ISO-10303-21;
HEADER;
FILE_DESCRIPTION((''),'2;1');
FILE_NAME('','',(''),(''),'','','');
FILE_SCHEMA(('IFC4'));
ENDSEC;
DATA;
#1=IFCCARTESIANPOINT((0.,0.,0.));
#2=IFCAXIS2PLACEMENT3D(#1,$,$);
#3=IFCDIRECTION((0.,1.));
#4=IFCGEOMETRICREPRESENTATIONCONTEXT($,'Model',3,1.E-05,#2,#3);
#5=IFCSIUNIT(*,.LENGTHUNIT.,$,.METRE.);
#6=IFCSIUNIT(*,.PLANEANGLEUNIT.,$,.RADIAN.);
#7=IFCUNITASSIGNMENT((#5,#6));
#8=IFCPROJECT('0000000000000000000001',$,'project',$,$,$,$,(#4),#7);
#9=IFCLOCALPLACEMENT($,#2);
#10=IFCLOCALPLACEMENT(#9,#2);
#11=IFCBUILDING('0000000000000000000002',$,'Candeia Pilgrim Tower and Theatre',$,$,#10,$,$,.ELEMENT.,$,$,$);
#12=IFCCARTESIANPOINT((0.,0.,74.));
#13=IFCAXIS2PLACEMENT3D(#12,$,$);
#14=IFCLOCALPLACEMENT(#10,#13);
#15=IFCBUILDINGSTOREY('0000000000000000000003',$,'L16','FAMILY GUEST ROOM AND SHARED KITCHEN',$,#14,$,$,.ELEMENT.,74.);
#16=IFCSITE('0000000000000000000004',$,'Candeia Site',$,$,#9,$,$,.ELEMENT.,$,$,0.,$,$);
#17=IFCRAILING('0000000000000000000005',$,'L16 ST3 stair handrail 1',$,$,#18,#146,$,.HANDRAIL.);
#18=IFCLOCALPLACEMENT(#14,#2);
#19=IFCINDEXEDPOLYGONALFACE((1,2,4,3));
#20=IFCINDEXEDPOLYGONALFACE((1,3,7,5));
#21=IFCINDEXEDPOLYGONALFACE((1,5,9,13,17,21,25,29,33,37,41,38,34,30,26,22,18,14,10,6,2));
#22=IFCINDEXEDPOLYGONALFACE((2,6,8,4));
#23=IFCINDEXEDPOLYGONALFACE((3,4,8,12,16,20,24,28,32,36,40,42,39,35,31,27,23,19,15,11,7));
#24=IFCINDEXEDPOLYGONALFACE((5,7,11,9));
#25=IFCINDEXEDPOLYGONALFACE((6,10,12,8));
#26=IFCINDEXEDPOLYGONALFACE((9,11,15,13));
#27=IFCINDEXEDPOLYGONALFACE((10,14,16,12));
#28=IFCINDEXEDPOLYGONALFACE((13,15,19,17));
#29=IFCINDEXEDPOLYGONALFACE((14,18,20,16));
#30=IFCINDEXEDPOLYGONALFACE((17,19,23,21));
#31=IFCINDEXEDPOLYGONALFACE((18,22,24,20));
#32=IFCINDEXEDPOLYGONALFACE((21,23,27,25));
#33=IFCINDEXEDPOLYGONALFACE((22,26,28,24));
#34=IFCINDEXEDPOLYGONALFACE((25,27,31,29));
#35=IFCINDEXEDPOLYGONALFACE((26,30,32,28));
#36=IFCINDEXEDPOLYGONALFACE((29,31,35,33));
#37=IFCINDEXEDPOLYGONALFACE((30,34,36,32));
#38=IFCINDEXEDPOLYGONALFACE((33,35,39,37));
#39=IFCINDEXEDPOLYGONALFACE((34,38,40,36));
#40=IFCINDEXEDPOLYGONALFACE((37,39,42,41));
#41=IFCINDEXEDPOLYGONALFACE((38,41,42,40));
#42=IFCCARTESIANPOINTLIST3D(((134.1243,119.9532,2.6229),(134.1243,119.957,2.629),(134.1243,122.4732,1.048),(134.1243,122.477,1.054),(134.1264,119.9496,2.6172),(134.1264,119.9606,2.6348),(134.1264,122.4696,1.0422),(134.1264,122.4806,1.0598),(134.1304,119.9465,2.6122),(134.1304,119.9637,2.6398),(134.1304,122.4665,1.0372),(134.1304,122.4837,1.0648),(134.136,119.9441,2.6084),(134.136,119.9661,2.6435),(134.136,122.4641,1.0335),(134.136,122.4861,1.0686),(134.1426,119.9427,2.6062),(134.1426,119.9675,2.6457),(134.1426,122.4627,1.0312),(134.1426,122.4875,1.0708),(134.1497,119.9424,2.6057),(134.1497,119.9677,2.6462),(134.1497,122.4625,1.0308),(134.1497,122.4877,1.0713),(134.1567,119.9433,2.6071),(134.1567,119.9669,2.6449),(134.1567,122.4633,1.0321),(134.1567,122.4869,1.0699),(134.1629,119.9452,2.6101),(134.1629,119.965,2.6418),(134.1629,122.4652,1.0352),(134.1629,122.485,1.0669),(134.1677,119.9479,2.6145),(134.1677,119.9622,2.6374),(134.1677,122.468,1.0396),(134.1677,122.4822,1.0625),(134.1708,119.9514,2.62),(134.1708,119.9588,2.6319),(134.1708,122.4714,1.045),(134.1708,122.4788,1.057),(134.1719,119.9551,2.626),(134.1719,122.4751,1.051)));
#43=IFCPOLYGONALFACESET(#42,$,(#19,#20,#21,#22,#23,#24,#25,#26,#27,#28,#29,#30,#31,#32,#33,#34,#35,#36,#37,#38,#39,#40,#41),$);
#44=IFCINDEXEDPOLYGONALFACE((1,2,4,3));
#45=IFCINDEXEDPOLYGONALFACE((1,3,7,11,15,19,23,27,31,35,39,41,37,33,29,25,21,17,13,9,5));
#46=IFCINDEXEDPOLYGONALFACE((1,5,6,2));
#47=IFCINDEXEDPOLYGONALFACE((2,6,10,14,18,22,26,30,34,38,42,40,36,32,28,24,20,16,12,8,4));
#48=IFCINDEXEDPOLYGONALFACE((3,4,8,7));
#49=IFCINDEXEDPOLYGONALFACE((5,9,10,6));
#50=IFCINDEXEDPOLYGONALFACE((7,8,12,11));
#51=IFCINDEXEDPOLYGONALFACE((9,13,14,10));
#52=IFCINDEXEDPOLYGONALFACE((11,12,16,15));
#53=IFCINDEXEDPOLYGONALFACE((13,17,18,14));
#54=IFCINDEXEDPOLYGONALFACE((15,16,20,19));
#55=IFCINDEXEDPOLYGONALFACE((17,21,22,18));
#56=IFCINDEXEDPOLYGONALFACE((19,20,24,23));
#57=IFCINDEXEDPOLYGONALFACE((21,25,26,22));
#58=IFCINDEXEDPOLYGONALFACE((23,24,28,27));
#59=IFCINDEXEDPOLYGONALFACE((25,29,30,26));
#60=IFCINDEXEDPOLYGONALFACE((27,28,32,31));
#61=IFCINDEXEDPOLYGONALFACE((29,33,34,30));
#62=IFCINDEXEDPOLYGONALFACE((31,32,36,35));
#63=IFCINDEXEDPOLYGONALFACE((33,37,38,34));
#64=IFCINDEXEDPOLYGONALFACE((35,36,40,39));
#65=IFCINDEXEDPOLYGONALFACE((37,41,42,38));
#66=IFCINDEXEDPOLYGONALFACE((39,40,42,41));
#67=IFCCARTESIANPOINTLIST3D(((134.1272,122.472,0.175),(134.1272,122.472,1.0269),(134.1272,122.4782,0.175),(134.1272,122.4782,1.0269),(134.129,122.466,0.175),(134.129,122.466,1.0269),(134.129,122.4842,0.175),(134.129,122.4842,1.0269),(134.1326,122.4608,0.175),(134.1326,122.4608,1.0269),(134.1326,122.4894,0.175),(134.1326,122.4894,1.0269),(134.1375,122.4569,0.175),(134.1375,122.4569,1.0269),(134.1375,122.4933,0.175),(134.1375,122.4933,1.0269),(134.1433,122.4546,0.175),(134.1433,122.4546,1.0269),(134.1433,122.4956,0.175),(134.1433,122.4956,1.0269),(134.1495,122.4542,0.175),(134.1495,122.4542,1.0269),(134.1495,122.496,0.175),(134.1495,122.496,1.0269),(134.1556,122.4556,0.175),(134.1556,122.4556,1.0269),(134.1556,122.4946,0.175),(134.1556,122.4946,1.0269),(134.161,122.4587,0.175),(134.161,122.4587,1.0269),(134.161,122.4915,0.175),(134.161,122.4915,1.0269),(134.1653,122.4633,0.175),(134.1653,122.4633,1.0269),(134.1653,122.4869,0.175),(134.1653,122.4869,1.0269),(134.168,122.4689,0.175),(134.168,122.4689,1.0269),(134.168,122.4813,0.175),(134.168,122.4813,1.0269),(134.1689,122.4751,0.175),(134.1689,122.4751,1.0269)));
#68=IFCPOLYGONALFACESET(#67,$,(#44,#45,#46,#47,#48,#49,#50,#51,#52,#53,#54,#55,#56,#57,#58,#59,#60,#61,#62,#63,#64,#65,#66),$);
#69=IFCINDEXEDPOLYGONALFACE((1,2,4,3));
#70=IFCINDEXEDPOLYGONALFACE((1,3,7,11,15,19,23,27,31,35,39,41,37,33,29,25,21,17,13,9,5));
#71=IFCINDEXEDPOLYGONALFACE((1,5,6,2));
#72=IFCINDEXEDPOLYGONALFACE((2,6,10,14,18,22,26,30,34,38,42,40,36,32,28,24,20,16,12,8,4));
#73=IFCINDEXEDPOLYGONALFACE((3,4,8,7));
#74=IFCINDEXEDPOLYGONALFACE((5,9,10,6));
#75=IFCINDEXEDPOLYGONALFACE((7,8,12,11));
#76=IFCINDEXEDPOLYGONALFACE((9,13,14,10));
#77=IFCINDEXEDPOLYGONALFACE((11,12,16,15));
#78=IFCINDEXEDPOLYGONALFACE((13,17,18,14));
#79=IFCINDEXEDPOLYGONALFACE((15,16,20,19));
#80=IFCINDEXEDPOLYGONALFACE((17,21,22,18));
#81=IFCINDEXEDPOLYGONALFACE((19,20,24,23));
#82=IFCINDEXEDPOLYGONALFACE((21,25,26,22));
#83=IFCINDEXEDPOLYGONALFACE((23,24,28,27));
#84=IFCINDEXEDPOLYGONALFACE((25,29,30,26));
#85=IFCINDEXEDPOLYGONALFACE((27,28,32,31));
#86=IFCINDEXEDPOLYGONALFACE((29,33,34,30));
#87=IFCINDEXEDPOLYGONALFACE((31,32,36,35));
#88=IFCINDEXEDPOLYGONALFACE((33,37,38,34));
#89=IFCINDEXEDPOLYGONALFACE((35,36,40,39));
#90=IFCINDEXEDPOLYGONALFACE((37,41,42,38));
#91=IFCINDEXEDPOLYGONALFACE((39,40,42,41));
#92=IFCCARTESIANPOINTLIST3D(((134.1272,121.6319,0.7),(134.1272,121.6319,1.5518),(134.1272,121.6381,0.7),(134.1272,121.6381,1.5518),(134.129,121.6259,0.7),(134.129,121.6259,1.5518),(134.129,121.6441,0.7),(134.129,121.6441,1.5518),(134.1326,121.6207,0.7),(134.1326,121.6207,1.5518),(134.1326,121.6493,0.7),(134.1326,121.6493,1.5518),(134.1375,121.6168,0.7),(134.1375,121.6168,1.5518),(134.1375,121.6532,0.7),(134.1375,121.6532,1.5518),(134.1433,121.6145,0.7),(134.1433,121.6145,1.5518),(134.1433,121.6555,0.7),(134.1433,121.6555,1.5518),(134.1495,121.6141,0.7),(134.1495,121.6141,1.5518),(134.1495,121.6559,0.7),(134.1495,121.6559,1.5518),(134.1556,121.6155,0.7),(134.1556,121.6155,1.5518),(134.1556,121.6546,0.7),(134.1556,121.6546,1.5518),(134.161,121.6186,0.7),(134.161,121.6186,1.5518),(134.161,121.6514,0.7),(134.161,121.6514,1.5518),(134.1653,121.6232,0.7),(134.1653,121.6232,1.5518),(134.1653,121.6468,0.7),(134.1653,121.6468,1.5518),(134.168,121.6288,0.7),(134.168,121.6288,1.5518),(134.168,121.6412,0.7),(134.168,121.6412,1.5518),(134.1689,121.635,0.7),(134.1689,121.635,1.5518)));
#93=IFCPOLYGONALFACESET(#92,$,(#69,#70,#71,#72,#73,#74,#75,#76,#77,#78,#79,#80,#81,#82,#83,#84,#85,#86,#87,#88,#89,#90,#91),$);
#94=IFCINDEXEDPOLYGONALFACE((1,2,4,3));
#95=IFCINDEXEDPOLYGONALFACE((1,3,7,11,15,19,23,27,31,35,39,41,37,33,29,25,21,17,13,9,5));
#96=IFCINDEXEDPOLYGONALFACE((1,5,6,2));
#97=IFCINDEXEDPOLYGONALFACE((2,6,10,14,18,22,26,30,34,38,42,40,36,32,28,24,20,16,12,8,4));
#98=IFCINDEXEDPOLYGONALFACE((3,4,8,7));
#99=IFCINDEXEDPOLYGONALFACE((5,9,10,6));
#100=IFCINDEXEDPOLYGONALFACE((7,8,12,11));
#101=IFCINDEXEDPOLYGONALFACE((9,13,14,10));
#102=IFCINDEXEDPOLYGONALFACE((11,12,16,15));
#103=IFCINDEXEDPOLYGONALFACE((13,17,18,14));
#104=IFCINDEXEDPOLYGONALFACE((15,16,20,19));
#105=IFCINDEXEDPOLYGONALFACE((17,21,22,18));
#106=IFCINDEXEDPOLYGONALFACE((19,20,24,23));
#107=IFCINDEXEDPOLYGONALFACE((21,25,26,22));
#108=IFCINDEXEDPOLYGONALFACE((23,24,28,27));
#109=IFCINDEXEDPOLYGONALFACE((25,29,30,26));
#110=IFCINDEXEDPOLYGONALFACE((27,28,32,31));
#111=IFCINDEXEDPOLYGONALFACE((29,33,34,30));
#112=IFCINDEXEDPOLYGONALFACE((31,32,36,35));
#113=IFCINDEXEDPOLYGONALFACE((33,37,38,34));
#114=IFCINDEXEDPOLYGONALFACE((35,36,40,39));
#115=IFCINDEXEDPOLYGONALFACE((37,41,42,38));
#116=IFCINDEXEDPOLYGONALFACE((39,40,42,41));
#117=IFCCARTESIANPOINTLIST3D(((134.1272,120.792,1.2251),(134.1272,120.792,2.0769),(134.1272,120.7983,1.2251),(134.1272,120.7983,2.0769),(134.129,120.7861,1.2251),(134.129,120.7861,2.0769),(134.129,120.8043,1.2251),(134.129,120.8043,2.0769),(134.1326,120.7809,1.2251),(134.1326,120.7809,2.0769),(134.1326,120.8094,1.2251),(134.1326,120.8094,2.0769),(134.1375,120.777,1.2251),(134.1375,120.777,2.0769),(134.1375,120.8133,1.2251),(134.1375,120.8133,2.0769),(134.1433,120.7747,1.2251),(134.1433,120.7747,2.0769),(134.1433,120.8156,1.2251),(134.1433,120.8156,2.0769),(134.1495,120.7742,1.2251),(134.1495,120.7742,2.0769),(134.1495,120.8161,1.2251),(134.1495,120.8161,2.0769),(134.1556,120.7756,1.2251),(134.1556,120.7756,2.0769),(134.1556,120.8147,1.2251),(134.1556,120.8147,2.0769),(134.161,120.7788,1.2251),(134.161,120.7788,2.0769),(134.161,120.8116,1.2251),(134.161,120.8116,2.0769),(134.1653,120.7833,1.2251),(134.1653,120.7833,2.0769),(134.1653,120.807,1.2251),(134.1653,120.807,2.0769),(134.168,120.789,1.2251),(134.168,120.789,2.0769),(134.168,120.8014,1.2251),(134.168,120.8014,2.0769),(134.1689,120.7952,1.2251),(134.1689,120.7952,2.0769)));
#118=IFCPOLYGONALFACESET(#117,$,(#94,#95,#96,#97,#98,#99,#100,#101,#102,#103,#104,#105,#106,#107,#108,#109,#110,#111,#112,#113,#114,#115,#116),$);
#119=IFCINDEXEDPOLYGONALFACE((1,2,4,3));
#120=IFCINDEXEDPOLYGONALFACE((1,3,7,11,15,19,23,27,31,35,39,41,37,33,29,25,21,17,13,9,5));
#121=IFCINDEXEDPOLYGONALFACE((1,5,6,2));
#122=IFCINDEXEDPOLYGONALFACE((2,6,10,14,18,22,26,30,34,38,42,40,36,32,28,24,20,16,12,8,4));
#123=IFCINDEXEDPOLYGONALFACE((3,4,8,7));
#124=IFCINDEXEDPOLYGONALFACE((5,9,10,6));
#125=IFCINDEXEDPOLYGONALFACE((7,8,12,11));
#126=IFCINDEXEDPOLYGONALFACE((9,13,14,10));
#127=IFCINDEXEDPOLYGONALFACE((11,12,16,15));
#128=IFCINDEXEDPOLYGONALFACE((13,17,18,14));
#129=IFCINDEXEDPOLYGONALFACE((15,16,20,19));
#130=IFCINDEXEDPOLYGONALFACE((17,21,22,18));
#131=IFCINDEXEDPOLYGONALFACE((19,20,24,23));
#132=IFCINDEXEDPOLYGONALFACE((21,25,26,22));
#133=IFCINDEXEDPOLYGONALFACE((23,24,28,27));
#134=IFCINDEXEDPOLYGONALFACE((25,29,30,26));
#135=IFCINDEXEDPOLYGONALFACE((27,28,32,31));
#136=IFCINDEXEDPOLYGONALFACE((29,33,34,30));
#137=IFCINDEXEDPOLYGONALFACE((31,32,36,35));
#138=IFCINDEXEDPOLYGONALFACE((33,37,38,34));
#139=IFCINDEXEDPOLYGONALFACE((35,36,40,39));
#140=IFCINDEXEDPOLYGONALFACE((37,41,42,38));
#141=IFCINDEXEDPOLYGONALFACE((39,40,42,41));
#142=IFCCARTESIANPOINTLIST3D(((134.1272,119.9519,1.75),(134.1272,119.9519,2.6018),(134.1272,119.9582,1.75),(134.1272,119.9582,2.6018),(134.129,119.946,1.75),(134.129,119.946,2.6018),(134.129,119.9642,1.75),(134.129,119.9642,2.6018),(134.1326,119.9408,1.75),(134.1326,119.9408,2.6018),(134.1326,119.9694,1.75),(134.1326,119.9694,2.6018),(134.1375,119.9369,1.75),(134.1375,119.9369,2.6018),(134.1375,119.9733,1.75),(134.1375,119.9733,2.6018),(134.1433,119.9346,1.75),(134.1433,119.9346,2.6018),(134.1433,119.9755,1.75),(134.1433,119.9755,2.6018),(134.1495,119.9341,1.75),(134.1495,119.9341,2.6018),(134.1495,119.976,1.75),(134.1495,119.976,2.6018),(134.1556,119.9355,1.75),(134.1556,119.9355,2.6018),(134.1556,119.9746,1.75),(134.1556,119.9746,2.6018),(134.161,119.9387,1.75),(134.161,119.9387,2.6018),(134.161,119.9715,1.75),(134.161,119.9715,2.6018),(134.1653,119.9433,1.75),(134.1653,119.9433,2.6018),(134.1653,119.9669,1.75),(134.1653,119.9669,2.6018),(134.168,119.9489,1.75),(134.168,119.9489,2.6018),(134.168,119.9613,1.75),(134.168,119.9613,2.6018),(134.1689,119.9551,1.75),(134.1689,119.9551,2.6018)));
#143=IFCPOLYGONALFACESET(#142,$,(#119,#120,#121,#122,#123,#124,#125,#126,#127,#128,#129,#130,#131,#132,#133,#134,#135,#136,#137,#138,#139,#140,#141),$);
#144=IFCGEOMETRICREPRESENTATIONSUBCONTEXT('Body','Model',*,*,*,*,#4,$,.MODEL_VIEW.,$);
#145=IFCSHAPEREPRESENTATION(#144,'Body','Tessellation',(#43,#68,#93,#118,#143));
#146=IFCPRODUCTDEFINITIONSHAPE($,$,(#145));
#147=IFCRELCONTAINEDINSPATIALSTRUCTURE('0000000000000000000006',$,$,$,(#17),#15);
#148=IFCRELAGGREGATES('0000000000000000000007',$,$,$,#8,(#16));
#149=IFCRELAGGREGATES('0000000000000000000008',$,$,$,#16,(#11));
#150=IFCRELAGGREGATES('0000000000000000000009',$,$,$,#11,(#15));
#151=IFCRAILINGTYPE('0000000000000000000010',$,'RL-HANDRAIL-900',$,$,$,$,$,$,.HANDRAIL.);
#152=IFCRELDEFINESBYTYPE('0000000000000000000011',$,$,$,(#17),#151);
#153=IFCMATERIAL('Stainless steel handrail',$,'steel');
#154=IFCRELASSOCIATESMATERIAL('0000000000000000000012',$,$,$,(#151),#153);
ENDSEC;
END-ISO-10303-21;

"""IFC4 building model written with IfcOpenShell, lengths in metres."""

from ifc_helpers import new_model, si_unit, direction, frame, origin, origin_2d, place, context, subcontext, project, spatial, circle, extrude, material, type_object, element, save


model = new_model("IFC4")

# Units and contexts
model_context = context("Model", 3, precision=1e-05, world=origin(), true_north=direction((0.0, 1.0)))
body_context = subcontext(model_context, "Body", "Model", "MODEL_VIEW")
ifc_project = project(units=[si_unit("LENGTHUNIT", "METRE"), si_unit("PLANEANGLEUNIT", "RADIAN")], contexts=[model_context])

# Site, building, storey
site_placement = place(None, origin())
site = spatial("IfcSite", under=ifc_project, at=site_placement, Name="Candeia Site", CompositionType="ELEMENT", RefElevation=0.0)
building_placement = place(site_placement, origin())
building = spatial("IfcBuilding", under=site, at=building_placement, Name="Candeia Pilgrim Tower and Theatre", CompositionType="ELEMENT")
storey_placement = place(building_placement, frame((0.0, 0.0, 74.0)))
storey = spatial("IfcBuildingStorey", under=building, at=storey_placement, Name="L16", Description="FAMILY GUEST ROOM AND SHARED KITCHEN", CompositionType="ELEMENT", Elevation=74.0)

# Railing
ifc_material_1 = material(Name="Stainless steel handrail", Category="steel")
railing_type_1 = type_object("IfcRailingType", Name="RL-HANDRAIL-900", PredefinedType="HANDRAIL", material=ifc_material_1)
railing_1_placement = place(storey_placement, frame((134.1479, 122.4751, 0.175)))
element("IfcRailing", 1, at=railing_1_placement, inside=storey, type_object=railing_type_1, Name="L16 ST3 stair handrail 1", PredefinedType="HANDRAIL", context=body_context, shape_type="SweptSolid", body=[
    extrude(circle(Radius=0.0239, at=origin_2d()), frame((0.0, 0.0, 0.876), z_axis=(0.0, -0.848008, 0.529984), x_axis=(1.0, 0.0, 0.0)), (0.0, 0.0, 1.0), 2.9717),
    extrude(circle(Radius=0.021, at=origin_2d()), origin(), (0.0, 0.0, 1.0), 0.8518),
    extrude(circle(Radius=0.021, at=origin_2d()), frame((0.0, -0.8401, 0.5249)), (0.0, 0.0, 1.0), 0.8518),
    extrude(circle(Radius=0.021, at=origin_2d()), frame((0.0, -1.6799, 1.05)), (0.0, 0.0, 1.0), 0.8518),
    extrude(circle(Radius=0.021, at=origin_2d()), frame((0.0, -2.52, 1.575)), (0.0, 0.0, 1.0), 0.8518),
])

save(model, "model.ifc")
